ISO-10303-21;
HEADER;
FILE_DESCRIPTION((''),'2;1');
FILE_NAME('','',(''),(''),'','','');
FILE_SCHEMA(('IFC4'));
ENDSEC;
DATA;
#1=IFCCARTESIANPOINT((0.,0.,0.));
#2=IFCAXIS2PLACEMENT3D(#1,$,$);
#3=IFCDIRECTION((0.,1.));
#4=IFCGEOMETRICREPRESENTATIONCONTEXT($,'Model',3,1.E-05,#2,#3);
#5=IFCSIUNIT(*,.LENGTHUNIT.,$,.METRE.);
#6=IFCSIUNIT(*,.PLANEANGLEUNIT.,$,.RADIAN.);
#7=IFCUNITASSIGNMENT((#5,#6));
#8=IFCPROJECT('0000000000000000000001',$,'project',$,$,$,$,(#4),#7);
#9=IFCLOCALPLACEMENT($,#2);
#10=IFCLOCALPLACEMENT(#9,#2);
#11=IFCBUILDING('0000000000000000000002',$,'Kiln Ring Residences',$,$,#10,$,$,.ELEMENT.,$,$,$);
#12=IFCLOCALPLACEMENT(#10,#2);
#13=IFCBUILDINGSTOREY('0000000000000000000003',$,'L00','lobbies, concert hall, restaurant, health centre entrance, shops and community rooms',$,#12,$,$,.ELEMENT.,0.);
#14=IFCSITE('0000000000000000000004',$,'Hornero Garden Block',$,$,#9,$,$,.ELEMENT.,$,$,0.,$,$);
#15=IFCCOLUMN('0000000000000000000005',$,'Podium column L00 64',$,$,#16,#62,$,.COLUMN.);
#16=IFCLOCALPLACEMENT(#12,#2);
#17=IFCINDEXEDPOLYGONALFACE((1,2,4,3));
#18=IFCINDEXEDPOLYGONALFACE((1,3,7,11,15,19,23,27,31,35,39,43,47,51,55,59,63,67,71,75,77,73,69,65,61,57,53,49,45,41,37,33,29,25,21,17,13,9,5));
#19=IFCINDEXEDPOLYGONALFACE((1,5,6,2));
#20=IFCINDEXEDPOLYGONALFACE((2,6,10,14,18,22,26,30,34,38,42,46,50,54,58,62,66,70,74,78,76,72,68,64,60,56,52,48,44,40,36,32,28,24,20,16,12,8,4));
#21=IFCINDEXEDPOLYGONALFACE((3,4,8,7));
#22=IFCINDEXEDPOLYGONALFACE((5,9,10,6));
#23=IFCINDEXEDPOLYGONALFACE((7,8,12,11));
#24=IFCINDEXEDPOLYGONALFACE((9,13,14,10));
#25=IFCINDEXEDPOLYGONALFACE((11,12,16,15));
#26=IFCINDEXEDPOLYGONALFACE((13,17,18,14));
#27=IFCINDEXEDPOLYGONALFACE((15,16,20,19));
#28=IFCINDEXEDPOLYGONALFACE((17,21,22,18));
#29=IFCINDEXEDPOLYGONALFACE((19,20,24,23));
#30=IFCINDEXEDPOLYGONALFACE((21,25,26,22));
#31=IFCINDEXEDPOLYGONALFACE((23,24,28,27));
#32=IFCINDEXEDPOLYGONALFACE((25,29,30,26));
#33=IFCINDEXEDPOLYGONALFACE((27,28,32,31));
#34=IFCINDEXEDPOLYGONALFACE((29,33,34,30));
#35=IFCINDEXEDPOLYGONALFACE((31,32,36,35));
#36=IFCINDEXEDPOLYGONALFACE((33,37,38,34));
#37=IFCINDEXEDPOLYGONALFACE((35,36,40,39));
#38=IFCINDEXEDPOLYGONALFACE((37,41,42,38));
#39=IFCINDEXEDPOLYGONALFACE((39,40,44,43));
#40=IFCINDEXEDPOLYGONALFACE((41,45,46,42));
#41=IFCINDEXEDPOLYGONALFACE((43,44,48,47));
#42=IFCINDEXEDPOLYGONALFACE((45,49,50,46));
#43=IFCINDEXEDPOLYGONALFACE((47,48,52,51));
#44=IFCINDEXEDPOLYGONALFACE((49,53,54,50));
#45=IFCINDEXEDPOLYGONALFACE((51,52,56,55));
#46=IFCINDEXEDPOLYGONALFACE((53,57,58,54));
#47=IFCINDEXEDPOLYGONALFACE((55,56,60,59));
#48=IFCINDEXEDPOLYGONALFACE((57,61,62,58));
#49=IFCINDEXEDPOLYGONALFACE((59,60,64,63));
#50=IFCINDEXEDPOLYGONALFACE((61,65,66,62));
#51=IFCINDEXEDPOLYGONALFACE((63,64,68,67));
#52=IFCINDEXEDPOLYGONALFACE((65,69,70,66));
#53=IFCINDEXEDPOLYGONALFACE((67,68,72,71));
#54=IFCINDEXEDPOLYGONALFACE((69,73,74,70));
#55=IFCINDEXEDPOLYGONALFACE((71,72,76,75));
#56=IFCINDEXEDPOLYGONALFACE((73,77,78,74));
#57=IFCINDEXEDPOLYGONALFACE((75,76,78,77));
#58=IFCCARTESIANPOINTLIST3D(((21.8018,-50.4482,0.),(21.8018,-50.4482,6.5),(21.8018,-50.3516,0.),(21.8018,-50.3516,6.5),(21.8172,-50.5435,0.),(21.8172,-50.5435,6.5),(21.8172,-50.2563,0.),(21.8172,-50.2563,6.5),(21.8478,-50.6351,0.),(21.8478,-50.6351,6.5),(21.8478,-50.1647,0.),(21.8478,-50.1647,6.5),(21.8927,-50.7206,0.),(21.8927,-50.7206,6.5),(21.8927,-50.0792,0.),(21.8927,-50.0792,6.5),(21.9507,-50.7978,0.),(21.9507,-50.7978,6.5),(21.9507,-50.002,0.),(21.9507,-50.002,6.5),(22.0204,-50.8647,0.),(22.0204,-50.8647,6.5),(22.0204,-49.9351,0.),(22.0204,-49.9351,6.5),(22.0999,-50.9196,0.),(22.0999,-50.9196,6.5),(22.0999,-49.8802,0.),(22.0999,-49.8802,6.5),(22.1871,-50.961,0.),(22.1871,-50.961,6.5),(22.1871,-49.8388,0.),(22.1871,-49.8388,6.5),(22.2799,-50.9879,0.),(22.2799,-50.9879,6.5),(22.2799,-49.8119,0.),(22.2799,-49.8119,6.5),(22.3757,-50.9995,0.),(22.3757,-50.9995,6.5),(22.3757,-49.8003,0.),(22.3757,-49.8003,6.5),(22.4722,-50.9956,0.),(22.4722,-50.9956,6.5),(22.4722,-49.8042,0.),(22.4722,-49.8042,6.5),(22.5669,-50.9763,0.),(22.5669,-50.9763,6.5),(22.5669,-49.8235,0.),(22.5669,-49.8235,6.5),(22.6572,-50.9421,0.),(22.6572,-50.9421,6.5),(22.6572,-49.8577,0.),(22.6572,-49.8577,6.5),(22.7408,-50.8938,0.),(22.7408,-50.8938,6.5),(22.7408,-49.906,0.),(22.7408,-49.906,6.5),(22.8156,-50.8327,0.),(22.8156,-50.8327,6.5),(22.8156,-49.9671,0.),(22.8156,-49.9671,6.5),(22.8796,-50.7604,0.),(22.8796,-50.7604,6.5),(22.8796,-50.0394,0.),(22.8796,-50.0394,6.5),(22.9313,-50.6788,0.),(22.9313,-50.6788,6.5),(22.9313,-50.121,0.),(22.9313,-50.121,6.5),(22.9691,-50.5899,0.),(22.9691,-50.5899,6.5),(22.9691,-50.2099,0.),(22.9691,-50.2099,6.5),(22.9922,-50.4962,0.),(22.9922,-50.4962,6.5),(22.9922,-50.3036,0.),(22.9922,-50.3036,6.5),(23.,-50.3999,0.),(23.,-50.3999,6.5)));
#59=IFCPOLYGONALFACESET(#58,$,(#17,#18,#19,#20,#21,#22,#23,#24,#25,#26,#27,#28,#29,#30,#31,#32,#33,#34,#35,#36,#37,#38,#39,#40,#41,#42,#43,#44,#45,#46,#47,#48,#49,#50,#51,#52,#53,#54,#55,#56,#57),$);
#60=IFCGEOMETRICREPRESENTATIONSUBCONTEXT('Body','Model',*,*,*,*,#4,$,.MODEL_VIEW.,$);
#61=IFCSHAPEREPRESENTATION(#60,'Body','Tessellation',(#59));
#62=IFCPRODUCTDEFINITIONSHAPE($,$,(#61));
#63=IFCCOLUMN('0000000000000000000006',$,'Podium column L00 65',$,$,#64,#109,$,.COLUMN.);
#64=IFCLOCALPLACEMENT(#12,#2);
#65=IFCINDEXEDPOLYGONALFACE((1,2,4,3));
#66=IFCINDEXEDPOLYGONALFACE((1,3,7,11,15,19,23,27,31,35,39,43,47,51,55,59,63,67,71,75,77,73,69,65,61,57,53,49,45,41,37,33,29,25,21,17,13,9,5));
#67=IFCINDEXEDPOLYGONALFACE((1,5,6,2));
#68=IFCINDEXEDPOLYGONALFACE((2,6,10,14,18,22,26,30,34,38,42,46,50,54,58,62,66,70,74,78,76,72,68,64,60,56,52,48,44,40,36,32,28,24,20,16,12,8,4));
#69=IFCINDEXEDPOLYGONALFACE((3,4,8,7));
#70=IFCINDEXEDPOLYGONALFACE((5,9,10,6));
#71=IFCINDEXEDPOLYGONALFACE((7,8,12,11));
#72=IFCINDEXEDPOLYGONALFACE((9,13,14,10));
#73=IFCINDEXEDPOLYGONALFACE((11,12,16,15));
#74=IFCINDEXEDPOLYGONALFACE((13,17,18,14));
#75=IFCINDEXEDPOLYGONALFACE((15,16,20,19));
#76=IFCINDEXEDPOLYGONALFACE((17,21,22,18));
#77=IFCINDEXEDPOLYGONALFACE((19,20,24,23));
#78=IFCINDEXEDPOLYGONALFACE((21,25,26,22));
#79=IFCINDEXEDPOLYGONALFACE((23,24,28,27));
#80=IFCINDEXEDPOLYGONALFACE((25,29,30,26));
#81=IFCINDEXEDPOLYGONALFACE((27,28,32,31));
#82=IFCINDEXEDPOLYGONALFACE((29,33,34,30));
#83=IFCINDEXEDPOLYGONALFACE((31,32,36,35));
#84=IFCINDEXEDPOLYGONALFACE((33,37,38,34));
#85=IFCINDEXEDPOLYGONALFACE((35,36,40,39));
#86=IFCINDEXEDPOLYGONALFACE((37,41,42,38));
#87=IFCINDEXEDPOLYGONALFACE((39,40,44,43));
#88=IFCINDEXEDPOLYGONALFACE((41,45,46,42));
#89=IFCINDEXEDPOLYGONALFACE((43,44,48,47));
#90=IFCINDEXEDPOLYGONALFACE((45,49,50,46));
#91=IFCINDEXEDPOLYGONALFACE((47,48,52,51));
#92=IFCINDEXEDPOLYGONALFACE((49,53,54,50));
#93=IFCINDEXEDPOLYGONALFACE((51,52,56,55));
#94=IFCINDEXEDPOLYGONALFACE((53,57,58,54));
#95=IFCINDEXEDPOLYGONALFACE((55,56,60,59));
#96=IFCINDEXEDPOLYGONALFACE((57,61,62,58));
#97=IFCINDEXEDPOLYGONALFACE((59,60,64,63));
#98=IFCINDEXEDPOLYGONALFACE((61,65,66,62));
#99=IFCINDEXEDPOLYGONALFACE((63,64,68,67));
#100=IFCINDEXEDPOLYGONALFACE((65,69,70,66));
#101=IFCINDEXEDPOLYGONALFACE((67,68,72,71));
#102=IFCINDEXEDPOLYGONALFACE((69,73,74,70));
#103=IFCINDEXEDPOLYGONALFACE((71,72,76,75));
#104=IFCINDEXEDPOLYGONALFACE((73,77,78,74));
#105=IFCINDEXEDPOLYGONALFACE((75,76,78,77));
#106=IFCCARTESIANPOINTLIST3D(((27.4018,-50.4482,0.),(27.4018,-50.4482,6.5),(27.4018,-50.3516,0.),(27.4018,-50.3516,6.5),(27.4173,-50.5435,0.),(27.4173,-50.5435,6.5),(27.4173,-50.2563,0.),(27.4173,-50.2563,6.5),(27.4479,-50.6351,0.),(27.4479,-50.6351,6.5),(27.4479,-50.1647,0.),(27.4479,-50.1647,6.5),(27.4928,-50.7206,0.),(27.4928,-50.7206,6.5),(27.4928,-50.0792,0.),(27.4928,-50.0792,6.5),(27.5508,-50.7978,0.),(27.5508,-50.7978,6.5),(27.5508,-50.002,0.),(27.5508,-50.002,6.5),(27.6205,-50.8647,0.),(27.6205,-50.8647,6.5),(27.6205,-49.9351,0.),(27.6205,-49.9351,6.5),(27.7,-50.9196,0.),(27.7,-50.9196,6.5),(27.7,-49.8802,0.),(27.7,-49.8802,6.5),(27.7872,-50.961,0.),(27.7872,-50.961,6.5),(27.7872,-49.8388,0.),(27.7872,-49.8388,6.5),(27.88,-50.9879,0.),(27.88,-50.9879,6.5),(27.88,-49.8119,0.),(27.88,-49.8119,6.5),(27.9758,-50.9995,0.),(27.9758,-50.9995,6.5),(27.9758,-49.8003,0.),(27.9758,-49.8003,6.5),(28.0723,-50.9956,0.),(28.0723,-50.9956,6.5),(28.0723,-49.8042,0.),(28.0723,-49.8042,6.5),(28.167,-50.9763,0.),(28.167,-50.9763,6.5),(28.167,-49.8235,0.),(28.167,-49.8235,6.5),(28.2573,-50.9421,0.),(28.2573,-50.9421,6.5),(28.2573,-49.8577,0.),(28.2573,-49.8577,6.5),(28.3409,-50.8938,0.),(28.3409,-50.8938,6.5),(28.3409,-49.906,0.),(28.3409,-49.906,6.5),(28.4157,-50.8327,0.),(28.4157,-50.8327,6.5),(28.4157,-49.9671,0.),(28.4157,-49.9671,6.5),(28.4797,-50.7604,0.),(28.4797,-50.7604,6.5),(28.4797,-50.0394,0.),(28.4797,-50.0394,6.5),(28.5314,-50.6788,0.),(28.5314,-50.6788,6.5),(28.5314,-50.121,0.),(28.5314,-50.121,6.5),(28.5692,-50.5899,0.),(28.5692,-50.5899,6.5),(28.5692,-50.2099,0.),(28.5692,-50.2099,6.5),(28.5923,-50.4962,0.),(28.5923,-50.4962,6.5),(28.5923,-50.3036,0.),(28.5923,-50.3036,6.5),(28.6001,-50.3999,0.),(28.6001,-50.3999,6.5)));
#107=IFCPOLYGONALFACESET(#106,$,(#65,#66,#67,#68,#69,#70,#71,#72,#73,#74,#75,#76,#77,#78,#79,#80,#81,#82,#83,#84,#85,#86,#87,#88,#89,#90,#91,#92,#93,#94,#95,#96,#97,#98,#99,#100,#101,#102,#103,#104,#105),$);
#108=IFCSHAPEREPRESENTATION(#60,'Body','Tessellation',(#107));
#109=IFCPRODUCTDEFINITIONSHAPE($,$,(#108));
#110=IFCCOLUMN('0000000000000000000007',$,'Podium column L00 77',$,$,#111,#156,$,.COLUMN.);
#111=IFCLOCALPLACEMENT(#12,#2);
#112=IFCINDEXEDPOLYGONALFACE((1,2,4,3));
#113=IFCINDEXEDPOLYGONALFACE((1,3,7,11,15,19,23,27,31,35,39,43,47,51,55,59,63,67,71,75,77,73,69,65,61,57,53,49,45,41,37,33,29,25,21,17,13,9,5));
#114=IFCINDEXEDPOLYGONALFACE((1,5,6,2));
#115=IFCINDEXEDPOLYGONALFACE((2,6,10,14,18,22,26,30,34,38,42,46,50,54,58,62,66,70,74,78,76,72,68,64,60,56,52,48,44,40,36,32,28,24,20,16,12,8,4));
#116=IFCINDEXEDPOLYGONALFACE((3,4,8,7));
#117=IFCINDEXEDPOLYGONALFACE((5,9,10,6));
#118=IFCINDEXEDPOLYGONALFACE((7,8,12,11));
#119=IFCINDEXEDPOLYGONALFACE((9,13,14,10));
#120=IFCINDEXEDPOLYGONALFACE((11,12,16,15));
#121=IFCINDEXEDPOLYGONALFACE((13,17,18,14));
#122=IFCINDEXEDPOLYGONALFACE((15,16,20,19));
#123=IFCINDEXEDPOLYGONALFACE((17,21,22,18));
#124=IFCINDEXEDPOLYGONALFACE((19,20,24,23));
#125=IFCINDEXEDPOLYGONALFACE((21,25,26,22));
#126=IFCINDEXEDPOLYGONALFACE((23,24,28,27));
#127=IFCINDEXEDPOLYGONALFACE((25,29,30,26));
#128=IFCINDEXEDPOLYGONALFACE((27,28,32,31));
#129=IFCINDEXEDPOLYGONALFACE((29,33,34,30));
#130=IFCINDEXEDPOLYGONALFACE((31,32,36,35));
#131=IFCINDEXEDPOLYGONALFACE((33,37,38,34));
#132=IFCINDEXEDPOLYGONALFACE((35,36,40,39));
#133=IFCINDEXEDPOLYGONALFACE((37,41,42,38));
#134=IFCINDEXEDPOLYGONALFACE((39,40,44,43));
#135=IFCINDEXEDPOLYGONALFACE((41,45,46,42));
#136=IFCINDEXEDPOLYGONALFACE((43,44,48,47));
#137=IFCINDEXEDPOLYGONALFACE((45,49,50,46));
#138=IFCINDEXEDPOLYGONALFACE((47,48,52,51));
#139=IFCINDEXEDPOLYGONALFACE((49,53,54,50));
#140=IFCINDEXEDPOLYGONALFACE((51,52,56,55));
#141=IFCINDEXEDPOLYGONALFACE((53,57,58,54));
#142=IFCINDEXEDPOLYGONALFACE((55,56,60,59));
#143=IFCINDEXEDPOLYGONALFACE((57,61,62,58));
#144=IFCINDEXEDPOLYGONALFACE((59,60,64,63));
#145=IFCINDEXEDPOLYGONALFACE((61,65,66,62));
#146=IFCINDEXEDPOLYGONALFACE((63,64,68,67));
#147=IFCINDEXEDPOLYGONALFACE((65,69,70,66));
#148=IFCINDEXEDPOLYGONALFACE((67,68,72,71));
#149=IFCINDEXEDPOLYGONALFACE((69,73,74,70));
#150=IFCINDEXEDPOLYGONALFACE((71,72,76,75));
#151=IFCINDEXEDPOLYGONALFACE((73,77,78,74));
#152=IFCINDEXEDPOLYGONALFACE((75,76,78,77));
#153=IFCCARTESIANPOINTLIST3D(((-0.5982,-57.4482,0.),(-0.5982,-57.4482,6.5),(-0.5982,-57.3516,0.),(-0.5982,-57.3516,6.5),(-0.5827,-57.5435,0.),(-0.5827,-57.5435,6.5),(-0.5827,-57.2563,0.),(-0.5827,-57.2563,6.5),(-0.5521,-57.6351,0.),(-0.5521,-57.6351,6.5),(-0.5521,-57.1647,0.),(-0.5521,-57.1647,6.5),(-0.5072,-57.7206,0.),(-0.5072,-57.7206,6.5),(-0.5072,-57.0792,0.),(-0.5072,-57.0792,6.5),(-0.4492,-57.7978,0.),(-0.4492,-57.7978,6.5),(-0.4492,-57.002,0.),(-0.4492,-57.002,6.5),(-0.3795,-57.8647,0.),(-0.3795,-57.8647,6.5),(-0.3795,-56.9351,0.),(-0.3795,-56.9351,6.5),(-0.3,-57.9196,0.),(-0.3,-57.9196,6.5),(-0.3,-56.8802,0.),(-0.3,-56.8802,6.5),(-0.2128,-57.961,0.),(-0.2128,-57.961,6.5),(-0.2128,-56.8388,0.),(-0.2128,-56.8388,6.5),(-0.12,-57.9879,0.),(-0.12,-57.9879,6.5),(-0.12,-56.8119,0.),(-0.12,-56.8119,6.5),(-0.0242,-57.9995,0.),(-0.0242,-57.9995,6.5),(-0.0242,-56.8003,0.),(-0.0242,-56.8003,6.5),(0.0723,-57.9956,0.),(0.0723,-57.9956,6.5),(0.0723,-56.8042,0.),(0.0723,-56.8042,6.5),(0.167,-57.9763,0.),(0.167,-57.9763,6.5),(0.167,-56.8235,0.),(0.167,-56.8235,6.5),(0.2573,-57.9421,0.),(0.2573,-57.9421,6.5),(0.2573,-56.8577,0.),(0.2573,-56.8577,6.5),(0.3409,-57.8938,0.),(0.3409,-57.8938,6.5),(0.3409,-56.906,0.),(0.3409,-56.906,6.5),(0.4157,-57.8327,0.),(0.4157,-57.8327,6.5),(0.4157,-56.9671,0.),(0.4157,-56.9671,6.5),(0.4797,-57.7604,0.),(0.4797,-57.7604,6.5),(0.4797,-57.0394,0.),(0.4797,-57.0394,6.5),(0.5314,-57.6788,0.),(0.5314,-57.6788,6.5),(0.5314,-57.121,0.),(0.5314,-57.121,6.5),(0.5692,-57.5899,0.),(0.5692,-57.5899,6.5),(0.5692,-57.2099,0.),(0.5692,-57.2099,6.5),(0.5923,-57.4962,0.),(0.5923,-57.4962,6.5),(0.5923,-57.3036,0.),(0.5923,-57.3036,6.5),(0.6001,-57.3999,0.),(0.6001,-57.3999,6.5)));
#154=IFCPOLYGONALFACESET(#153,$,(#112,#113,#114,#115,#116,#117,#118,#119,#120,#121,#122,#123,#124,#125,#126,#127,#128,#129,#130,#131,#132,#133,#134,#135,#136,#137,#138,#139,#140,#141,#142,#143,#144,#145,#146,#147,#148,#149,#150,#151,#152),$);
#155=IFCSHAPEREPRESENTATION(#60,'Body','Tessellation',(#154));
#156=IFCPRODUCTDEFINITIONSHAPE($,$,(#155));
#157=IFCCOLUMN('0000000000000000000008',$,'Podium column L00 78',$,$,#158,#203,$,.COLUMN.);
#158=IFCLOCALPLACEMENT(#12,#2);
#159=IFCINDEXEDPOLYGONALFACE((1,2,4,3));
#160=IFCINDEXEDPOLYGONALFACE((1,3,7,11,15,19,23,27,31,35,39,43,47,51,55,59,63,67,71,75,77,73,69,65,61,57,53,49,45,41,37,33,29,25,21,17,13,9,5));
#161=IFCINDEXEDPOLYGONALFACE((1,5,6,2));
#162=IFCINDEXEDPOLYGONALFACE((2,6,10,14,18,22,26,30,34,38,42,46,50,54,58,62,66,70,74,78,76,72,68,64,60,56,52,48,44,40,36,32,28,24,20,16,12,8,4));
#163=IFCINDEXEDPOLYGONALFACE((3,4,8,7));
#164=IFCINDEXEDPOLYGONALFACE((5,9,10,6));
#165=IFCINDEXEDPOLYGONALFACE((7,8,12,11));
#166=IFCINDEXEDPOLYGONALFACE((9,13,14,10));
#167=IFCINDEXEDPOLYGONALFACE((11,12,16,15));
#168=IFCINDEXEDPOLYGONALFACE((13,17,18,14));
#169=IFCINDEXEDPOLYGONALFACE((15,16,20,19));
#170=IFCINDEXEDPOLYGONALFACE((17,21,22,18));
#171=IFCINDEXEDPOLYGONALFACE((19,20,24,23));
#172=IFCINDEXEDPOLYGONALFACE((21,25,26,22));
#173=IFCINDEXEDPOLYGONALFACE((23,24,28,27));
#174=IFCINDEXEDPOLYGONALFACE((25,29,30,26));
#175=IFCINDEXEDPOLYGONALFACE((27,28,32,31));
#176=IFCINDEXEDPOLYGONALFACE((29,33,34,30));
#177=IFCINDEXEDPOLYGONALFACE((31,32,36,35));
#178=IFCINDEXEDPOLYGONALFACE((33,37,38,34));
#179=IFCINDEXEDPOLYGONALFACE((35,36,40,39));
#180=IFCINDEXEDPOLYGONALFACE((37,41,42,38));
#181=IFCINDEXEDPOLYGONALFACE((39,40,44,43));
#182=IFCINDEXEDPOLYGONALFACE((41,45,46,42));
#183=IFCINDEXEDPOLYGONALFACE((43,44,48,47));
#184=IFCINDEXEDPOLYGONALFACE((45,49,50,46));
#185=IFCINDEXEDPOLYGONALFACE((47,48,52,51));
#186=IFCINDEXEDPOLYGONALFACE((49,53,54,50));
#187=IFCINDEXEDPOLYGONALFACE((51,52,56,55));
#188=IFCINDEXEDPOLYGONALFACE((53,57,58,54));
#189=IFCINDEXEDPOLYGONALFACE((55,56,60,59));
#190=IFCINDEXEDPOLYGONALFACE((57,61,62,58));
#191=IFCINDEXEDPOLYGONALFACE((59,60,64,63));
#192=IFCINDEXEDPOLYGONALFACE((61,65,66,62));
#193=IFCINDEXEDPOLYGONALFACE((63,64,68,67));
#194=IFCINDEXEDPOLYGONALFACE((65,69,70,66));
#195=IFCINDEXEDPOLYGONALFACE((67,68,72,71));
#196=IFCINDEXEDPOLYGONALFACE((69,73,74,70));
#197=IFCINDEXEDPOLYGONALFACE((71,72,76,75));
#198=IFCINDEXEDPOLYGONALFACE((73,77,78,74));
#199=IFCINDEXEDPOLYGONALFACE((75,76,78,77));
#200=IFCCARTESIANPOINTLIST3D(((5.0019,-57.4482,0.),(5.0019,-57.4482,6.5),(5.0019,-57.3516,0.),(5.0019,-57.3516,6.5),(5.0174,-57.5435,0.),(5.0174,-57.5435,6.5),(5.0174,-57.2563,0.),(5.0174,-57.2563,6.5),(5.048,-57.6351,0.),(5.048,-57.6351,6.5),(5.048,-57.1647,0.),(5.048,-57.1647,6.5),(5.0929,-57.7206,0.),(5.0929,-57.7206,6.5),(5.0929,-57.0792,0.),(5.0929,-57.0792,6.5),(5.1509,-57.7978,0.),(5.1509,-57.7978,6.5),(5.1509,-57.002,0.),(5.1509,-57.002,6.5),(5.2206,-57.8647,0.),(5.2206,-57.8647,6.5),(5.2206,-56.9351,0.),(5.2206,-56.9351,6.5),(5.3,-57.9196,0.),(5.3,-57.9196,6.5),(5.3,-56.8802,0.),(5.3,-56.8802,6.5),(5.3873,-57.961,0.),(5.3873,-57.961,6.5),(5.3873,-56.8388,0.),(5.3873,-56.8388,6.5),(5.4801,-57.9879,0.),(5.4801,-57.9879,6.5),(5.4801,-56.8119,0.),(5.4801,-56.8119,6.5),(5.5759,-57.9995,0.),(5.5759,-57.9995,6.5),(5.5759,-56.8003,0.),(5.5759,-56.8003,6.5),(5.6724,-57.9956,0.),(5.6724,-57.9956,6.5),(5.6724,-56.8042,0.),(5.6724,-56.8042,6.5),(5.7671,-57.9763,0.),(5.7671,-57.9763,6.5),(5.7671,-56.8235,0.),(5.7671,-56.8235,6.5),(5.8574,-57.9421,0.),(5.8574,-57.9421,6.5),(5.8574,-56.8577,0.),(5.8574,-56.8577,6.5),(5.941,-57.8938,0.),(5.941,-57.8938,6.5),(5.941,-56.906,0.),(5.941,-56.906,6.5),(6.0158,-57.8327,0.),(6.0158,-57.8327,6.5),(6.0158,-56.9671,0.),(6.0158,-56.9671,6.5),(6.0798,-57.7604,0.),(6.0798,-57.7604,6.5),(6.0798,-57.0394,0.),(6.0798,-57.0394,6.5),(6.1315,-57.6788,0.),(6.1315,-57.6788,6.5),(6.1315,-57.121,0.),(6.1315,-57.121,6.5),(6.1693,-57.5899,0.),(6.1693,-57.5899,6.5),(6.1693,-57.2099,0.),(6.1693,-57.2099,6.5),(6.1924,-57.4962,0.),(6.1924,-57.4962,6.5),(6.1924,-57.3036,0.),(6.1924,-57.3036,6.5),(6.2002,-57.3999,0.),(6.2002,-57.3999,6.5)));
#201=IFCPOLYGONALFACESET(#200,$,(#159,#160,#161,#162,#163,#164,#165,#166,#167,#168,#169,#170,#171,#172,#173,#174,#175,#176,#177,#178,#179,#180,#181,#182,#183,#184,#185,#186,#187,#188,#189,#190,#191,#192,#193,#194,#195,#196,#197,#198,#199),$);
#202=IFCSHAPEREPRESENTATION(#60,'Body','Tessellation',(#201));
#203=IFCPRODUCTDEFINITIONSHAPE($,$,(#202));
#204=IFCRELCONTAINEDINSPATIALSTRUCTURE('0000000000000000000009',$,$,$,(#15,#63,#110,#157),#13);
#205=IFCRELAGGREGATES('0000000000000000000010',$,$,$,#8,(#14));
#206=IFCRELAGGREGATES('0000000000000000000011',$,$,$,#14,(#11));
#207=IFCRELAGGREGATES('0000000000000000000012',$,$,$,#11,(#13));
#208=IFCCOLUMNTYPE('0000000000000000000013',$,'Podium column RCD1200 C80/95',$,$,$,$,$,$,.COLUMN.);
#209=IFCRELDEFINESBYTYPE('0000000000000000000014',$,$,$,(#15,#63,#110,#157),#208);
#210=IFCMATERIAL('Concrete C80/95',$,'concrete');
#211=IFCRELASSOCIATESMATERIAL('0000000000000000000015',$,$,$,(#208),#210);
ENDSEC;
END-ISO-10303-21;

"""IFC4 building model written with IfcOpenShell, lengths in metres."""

from ifc_helpers import new_model, si_unit, direction, frame, origin, origin_2d, place, context, subcontext, project, spatial, circle, extrude, material, material_profile, profile_set, type_object, element, save


model = new_model("IFC4")

# Units and contexts
model_context = context("Model", 3, precision=1e-05, world=origin(), true_north=direction((0.0, 1.0)))
body_context = subcontext(model_context, "Body", "Model", "MODEL_VIEW")
ifc_project = project(units=[si_unit("LENGTHUNIT", "METRE"), si_unit("PLANEANGLEUNIT", "RADIAN")], contexts=[model_context])

# Site, building, storey
site_placement = place(None, origin())
site = spatial("IfcSite", under=ifc_project, at=site_placement, Name="Hornero Garden Block", CompositionType="ELEMENT", RefElevation=0.0)
building_placement = place(site_placement, origin())
building = spatial("IfcBuilding", under=site, at=building_placement, Name="Kiln Ring Residences", CompositionType="ELEMENT")
storey_placement = place(building_placement, origin())
storey = spatial("IfcBuildingStorey", under=building, at=storey_placement, Name="L00", Description="lobbies, concert hall, restaurant, health centre entrance, shops and community rooms", CompositionType="ELEMENT", Elevation=0.0)

# Columns
ifc_material_1 = material(Name="Concrete C80/95", Category="concrete")
ifc_material_profile_1 = material_profile(ifc_material_1, circle(Radius=0.6001, at=origin_2d()), Name="RCD1200")
ifc_profile_set_1 = profile_set([ifc_material_profile_1], Name="Concrete C80/95")
column_type = type_object("IfcColumnType", Name="Podium column RCD1200 C80/95", PredefinedType="COLUMN", material=ifc_profile_set_1)
for number, where, z_axis, x_axis, name in (
    (1, (22.3999, -50.3999, 0.0), (0.0, 0.0, 1.0), (1.0, 0.0, 0.0), "Podium column L00 64"),
    (2, (28.0, -50.3999, 0.0), (0.0, 0.0, 1.0), (1.0, 0.0, 0.0), "Podium column L00 65"),
    (3, (0.0, -57.3999, 0.0), (0.0, 0.0, 1.0), (1.0, 0.0, 0.0), "Podium column L00 77"),
    (4, (5.6001, -57.3999, 0.0), (0.0, 0.0, 1.0), (1.0, 0.0, 0.0), "Podium column L00 78"),
):
    element("IfcColumn", number, at=place(storey_placement, frame(where, z_axis=z_axis, x_axis=x_axis)), inside=storey, type_object=column_type, Name=name, PredefinedType="COLUMN", context=body_context, shape_type="SweptSolid", body=[
        extrude(circle(Radius=0.6001, at=origin_2d()), origin(), (0.0, 0.0, 1.0), 6.5),
    ])

save(model, "model.ifc")
